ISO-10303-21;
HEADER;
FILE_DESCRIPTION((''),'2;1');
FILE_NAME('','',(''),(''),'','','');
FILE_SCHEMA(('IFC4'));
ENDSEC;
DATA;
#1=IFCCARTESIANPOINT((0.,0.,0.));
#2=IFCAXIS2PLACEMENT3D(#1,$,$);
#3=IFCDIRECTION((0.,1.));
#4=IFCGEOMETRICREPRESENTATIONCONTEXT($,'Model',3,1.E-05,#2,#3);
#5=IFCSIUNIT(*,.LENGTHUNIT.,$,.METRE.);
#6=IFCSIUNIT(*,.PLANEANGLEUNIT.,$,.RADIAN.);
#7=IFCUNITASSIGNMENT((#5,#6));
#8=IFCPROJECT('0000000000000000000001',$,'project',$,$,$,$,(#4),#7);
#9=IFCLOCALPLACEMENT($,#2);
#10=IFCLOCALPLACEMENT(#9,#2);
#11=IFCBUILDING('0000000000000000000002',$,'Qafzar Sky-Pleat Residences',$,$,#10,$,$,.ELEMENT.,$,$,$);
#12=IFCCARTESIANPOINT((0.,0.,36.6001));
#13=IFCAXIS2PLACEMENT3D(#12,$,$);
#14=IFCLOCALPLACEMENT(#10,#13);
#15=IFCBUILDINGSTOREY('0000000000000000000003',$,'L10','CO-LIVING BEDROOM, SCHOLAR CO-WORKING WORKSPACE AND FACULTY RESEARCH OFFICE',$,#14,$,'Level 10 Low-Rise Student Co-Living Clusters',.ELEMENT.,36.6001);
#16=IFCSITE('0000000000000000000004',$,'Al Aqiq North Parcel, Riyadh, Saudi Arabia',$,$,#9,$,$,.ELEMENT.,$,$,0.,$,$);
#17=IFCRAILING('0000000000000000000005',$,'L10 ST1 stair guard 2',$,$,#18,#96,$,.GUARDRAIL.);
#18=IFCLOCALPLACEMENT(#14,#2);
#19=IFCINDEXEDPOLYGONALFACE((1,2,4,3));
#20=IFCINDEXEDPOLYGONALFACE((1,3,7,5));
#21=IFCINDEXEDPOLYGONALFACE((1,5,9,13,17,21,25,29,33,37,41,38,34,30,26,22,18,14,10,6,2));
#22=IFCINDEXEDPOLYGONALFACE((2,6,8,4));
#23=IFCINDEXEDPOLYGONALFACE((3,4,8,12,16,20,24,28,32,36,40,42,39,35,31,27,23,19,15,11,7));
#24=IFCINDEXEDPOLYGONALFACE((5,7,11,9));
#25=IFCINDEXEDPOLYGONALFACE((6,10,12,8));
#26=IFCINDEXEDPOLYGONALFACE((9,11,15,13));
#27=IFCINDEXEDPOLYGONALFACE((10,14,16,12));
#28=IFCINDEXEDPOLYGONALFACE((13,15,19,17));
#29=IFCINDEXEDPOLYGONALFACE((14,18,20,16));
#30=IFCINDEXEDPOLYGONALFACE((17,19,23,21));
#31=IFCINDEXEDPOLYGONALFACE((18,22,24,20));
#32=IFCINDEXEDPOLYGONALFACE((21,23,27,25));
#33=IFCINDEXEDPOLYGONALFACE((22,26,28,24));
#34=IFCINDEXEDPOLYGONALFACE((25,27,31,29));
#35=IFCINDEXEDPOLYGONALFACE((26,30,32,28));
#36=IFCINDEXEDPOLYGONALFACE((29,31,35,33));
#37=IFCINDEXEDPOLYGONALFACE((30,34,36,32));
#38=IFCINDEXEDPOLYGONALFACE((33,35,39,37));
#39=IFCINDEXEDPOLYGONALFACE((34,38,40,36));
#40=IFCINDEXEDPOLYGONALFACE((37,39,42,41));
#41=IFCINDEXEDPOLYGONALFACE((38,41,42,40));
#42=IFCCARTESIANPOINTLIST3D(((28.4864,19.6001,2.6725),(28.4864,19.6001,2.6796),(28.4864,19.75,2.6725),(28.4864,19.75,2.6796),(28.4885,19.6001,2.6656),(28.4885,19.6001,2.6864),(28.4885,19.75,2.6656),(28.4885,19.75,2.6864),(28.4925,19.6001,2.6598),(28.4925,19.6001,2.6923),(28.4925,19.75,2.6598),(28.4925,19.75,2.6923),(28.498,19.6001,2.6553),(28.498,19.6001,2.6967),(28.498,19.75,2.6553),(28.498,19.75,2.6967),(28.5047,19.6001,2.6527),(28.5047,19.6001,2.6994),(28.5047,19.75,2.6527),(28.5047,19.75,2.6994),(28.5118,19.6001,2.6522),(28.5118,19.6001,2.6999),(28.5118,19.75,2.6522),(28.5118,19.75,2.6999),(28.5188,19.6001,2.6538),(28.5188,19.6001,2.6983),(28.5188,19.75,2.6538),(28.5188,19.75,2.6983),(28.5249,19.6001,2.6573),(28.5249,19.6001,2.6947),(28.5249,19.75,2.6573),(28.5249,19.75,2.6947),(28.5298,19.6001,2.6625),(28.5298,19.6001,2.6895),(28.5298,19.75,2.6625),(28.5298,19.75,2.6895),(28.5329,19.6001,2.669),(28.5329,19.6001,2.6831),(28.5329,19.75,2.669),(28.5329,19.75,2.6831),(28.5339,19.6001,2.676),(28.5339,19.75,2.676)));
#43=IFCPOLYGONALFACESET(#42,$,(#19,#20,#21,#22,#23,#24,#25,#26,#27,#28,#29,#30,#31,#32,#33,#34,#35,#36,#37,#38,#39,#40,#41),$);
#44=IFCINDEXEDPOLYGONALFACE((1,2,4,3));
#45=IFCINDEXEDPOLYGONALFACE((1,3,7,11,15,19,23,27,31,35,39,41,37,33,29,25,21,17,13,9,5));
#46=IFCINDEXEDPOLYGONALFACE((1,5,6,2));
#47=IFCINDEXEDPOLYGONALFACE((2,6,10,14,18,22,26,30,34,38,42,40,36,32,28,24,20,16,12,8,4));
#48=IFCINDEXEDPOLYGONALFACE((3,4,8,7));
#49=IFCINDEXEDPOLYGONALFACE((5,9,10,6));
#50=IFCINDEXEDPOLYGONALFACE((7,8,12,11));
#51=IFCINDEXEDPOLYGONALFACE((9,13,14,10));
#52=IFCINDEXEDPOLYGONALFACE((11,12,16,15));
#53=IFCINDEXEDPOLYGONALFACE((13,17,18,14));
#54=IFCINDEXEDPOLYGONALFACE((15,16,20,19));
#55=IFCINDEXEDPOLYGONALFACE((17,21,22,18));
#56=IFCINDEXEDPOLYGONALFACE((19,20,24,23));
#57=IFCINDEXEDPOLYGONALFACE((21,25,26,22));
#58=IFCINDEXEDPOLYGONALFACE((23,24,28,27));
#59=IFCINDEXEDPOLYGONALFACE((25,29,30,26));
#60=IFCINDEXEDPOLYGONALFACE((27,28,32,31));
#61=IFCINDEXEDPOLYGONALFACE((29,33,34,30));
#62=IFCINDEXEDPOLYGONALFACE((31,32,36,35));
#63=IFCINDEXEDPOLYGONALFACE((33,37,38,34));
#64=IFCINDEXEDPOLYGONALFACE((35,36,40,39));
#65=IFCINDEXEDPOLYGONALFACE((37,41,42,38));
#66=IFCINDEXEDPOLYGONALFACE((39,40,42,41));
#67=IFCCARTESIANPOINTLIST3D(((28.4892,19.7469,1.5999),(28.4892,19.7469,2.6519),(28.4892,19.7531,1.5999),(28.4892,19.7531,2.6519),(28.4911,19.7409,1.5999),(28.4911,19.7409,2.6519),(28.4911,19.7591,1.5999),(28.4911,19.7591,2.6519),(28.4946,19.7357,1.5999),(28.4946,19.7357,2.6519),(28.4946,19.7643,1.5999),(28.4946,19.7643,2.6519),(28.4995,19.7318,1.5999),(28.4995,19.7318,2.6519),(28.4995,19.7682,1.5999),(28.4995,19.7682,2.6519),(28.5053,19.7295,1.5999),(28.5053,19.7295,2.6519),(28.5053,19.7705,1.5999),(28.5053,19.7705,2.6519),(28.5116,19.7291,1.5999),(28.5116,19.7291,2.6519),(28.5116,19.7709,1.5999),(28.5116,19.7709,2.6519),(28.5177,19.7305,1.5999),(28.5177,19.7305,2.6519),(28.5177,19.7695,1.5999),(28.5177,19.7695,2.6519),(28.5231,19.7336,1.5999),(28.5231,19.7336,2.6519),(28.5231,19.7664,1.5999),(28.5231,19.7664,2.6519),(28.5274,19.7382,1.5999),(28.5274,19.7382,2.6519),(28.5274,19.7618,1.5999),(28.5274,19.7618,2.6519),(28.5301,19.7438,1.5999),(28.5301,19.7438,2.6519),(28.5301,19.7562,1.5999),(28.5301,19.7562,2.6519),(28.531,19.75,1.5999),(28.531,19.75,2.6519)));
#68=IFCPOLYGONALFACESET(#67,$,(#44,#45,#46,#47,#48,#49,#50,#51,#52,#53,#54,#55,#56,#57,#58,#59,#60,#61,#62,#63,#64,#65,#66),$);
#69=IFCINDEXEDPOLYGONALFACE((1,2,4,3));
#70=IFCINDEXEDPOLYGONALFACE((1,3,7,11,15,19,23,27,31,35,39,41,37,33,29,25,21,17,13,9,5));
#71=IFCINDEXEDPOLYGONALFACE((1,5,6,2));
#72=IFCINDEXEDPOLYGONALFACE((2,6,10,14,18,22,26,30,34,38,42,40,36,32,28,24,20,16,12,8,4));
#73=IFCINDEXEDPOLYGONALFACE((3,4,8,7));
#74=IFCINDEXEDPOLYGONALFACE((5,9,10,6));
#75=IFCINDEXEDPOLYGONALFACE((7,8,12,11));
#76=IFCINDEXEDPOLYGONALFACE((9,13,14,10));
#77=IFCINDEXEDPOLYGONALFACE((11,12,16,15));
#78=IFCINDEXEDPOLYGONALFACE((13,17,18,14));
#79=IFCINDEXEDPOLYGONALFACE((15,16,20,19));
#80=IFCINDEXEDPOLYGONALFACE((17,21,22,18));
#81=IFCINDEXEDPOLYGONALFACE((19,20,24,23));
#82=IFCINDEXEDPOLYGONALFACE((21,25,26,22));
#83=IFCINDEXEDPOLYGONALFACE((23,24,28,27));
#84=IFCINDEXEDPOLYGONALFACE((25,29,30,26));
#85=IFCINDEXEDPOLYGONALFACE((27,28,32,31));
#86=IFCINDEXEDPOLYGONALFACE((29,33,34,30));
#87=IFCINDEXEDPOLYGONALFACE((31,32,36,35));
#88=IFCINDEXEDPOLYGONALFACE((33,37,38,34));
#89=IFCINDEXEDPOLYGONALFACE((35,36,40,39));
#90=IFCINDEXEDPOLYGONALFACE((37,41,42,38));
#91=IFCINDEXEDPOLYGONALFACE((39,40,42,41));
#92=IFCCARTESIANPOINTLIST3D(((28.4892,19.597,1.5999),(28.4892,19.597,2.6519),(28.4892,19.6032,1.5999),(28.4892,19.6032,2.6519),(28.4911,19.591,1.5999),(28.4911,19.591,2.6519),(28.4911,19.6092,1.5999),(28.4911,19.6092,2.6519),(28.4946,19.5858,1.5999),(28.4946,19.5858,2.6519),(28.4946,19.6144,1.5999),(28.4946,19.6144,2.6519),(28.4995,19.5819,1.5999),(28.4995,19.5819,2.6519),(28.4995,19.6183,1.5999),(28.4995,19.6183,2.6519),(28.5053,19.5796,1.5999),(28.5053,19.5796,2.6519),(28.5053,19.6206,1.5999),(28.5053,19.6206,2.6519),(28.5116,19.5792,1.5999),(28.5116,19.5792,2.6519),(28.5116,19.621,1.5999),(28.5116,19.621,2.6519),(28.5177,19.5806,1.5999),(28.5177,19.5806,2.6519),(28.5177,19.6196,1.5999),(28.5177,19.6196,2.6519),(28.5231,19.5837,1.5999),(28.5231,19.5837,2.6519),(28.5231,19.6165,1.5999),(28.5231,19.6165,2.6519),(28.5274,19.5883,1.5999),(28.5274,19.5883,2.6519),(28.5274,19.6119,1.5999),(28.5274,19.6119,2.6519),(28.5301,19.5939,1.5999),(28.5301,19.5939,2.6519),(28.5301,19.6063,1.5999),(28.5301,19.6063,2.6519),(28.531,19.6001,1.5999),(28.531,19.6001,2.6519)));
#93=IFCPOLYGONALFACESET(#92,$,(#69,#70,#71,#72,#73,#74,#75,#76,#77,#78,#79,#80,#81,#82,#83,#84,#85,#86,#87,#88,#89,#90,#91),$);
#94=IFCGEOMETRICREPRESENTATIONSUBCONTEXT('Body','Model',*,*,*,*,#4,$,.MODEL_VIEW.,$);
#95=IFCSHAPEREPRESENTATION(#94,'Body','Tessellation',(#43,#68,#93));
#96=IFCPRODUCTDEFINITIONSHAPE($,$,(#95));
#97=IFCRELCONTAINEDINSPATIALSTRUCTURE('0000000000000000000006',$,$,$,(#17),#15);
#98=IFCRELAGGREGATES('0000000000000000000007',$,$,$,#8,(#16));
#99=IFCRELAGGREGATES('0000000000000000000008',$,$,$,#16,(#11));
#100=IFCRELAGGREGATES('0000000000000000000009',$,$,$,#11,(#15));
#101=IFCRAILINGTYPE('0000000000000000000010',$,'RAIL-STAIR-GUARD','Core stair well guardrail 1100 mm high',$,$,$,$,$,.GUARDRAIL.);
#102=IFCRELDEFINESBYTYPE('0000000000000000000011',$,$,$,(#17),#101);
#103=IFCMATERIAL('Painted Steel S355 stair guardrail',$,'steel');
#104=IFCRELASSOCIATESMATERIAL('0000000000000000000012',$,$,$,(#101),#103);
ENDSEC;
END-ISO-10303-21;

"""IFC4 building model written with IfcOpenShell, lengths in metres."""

from ifc_helpers import new_model, si_unit, direction, frame, origin, origin_2d, place, context, subcontext, project, spatial, circle, extrude, source, transform, mapped, material, type_object, element, save


model = new_model("IFC4")

# Units and contexts
model_context = context("Model", 3, precision=1e-05, world=origin(), true_north=direction((0.0, 1.0)))
body_context = subcontext(model_context, "Body", "Model", "MODEL_VIEW")
ifc_project = project(units=[si_unit("LENGTHUNIT", "METRE"), si_unit("PLANEANGLEUNIT", "RADIAN")], contexts=[model_context])

# Site, building, storey
site_placement = place(None, origin())
site = spatial("IfcSite", under=ifc_project, at=site_placement, Name="Al Aqiq North Parcel, Riyadh, Saudi Arabia", CompositionType="ELEMENT", RefElevation=0.0)
building_placement = place(site_placement, origin())
building = spatial("IfcBuilding", under=site, at=building_placement, Name="Qafzar Sky-Pleat Residences", CompositionType="ELEMENT")
storey_placement = place(building_placement, frame((0.0, 0.0, 36.6001)))
storey = spatial("IfcBuildingStorey", under=building, at=storey_placement, Name="L10", Description="CO-LIVING BEDROOM, SCHOLAR CO-WORKING WORKSPACE AND FACULTY RESEARCH OFFICE", LongName="Level 10 Low-Rise Student Co-Living Clusters", CompositionType="ELEMENT", Elevation=36.6001)

# Railing
ifc_material_1 = material(Name="Painted Steel S355 stair guardrail", Category="steel")
railing_type_1 = type_object("IfcRailingType", Name="RAIL-STAIR-GUARD", Description="Core stair well guardrail 1100 mm high", PredefinedType="GUARDRAIL", material=ifc_material_1)
shared_shape_1 = source(origin(), body_context, "Body", "SweptSolid", [
    extrude(circle(Radius=0.0239, at=origin_2d()), frame((0.0, 0.0, 1.0762), z_axis=(0.0, -1.0, 0.0), x_axis=(1.0, 0.0, 0.0)), (0.0, 0.0, 1.0), 0.1499),
    extrude(circle(Radius=0.021, at=origin_2d()), origin(), (0.0, 0.0, 1.0), 1.052),
    extrude(circle(Radius=0.021, at=origin_2d()), frame((0.0, -0.1499, 0.0)), (0.0, 0.0, 1.0), 1.052),
])
railing_1_placement = place(storey_placement, frame((28.51, 19.75, 1.5999)))
element("IfcRailing", 1, at=railing_1_placement, inside=storey, type_object=railing_type_1, Name="L10 ST1 stair guard 2", PredefinedType="GUARDRAIL", context=body_context, shape_type="MappedRepresentation", body=[
    mapped(shared_shape_1, transform((0.0, 0.0, 0.0), x_axis=(1.0, 0.0, 0.0), y_axis=(0.0, 1.0, 0.0), z_axis=(0.0, 0.0, 1.0), scale=1.0)),
])

save(model, "model.ifc")
